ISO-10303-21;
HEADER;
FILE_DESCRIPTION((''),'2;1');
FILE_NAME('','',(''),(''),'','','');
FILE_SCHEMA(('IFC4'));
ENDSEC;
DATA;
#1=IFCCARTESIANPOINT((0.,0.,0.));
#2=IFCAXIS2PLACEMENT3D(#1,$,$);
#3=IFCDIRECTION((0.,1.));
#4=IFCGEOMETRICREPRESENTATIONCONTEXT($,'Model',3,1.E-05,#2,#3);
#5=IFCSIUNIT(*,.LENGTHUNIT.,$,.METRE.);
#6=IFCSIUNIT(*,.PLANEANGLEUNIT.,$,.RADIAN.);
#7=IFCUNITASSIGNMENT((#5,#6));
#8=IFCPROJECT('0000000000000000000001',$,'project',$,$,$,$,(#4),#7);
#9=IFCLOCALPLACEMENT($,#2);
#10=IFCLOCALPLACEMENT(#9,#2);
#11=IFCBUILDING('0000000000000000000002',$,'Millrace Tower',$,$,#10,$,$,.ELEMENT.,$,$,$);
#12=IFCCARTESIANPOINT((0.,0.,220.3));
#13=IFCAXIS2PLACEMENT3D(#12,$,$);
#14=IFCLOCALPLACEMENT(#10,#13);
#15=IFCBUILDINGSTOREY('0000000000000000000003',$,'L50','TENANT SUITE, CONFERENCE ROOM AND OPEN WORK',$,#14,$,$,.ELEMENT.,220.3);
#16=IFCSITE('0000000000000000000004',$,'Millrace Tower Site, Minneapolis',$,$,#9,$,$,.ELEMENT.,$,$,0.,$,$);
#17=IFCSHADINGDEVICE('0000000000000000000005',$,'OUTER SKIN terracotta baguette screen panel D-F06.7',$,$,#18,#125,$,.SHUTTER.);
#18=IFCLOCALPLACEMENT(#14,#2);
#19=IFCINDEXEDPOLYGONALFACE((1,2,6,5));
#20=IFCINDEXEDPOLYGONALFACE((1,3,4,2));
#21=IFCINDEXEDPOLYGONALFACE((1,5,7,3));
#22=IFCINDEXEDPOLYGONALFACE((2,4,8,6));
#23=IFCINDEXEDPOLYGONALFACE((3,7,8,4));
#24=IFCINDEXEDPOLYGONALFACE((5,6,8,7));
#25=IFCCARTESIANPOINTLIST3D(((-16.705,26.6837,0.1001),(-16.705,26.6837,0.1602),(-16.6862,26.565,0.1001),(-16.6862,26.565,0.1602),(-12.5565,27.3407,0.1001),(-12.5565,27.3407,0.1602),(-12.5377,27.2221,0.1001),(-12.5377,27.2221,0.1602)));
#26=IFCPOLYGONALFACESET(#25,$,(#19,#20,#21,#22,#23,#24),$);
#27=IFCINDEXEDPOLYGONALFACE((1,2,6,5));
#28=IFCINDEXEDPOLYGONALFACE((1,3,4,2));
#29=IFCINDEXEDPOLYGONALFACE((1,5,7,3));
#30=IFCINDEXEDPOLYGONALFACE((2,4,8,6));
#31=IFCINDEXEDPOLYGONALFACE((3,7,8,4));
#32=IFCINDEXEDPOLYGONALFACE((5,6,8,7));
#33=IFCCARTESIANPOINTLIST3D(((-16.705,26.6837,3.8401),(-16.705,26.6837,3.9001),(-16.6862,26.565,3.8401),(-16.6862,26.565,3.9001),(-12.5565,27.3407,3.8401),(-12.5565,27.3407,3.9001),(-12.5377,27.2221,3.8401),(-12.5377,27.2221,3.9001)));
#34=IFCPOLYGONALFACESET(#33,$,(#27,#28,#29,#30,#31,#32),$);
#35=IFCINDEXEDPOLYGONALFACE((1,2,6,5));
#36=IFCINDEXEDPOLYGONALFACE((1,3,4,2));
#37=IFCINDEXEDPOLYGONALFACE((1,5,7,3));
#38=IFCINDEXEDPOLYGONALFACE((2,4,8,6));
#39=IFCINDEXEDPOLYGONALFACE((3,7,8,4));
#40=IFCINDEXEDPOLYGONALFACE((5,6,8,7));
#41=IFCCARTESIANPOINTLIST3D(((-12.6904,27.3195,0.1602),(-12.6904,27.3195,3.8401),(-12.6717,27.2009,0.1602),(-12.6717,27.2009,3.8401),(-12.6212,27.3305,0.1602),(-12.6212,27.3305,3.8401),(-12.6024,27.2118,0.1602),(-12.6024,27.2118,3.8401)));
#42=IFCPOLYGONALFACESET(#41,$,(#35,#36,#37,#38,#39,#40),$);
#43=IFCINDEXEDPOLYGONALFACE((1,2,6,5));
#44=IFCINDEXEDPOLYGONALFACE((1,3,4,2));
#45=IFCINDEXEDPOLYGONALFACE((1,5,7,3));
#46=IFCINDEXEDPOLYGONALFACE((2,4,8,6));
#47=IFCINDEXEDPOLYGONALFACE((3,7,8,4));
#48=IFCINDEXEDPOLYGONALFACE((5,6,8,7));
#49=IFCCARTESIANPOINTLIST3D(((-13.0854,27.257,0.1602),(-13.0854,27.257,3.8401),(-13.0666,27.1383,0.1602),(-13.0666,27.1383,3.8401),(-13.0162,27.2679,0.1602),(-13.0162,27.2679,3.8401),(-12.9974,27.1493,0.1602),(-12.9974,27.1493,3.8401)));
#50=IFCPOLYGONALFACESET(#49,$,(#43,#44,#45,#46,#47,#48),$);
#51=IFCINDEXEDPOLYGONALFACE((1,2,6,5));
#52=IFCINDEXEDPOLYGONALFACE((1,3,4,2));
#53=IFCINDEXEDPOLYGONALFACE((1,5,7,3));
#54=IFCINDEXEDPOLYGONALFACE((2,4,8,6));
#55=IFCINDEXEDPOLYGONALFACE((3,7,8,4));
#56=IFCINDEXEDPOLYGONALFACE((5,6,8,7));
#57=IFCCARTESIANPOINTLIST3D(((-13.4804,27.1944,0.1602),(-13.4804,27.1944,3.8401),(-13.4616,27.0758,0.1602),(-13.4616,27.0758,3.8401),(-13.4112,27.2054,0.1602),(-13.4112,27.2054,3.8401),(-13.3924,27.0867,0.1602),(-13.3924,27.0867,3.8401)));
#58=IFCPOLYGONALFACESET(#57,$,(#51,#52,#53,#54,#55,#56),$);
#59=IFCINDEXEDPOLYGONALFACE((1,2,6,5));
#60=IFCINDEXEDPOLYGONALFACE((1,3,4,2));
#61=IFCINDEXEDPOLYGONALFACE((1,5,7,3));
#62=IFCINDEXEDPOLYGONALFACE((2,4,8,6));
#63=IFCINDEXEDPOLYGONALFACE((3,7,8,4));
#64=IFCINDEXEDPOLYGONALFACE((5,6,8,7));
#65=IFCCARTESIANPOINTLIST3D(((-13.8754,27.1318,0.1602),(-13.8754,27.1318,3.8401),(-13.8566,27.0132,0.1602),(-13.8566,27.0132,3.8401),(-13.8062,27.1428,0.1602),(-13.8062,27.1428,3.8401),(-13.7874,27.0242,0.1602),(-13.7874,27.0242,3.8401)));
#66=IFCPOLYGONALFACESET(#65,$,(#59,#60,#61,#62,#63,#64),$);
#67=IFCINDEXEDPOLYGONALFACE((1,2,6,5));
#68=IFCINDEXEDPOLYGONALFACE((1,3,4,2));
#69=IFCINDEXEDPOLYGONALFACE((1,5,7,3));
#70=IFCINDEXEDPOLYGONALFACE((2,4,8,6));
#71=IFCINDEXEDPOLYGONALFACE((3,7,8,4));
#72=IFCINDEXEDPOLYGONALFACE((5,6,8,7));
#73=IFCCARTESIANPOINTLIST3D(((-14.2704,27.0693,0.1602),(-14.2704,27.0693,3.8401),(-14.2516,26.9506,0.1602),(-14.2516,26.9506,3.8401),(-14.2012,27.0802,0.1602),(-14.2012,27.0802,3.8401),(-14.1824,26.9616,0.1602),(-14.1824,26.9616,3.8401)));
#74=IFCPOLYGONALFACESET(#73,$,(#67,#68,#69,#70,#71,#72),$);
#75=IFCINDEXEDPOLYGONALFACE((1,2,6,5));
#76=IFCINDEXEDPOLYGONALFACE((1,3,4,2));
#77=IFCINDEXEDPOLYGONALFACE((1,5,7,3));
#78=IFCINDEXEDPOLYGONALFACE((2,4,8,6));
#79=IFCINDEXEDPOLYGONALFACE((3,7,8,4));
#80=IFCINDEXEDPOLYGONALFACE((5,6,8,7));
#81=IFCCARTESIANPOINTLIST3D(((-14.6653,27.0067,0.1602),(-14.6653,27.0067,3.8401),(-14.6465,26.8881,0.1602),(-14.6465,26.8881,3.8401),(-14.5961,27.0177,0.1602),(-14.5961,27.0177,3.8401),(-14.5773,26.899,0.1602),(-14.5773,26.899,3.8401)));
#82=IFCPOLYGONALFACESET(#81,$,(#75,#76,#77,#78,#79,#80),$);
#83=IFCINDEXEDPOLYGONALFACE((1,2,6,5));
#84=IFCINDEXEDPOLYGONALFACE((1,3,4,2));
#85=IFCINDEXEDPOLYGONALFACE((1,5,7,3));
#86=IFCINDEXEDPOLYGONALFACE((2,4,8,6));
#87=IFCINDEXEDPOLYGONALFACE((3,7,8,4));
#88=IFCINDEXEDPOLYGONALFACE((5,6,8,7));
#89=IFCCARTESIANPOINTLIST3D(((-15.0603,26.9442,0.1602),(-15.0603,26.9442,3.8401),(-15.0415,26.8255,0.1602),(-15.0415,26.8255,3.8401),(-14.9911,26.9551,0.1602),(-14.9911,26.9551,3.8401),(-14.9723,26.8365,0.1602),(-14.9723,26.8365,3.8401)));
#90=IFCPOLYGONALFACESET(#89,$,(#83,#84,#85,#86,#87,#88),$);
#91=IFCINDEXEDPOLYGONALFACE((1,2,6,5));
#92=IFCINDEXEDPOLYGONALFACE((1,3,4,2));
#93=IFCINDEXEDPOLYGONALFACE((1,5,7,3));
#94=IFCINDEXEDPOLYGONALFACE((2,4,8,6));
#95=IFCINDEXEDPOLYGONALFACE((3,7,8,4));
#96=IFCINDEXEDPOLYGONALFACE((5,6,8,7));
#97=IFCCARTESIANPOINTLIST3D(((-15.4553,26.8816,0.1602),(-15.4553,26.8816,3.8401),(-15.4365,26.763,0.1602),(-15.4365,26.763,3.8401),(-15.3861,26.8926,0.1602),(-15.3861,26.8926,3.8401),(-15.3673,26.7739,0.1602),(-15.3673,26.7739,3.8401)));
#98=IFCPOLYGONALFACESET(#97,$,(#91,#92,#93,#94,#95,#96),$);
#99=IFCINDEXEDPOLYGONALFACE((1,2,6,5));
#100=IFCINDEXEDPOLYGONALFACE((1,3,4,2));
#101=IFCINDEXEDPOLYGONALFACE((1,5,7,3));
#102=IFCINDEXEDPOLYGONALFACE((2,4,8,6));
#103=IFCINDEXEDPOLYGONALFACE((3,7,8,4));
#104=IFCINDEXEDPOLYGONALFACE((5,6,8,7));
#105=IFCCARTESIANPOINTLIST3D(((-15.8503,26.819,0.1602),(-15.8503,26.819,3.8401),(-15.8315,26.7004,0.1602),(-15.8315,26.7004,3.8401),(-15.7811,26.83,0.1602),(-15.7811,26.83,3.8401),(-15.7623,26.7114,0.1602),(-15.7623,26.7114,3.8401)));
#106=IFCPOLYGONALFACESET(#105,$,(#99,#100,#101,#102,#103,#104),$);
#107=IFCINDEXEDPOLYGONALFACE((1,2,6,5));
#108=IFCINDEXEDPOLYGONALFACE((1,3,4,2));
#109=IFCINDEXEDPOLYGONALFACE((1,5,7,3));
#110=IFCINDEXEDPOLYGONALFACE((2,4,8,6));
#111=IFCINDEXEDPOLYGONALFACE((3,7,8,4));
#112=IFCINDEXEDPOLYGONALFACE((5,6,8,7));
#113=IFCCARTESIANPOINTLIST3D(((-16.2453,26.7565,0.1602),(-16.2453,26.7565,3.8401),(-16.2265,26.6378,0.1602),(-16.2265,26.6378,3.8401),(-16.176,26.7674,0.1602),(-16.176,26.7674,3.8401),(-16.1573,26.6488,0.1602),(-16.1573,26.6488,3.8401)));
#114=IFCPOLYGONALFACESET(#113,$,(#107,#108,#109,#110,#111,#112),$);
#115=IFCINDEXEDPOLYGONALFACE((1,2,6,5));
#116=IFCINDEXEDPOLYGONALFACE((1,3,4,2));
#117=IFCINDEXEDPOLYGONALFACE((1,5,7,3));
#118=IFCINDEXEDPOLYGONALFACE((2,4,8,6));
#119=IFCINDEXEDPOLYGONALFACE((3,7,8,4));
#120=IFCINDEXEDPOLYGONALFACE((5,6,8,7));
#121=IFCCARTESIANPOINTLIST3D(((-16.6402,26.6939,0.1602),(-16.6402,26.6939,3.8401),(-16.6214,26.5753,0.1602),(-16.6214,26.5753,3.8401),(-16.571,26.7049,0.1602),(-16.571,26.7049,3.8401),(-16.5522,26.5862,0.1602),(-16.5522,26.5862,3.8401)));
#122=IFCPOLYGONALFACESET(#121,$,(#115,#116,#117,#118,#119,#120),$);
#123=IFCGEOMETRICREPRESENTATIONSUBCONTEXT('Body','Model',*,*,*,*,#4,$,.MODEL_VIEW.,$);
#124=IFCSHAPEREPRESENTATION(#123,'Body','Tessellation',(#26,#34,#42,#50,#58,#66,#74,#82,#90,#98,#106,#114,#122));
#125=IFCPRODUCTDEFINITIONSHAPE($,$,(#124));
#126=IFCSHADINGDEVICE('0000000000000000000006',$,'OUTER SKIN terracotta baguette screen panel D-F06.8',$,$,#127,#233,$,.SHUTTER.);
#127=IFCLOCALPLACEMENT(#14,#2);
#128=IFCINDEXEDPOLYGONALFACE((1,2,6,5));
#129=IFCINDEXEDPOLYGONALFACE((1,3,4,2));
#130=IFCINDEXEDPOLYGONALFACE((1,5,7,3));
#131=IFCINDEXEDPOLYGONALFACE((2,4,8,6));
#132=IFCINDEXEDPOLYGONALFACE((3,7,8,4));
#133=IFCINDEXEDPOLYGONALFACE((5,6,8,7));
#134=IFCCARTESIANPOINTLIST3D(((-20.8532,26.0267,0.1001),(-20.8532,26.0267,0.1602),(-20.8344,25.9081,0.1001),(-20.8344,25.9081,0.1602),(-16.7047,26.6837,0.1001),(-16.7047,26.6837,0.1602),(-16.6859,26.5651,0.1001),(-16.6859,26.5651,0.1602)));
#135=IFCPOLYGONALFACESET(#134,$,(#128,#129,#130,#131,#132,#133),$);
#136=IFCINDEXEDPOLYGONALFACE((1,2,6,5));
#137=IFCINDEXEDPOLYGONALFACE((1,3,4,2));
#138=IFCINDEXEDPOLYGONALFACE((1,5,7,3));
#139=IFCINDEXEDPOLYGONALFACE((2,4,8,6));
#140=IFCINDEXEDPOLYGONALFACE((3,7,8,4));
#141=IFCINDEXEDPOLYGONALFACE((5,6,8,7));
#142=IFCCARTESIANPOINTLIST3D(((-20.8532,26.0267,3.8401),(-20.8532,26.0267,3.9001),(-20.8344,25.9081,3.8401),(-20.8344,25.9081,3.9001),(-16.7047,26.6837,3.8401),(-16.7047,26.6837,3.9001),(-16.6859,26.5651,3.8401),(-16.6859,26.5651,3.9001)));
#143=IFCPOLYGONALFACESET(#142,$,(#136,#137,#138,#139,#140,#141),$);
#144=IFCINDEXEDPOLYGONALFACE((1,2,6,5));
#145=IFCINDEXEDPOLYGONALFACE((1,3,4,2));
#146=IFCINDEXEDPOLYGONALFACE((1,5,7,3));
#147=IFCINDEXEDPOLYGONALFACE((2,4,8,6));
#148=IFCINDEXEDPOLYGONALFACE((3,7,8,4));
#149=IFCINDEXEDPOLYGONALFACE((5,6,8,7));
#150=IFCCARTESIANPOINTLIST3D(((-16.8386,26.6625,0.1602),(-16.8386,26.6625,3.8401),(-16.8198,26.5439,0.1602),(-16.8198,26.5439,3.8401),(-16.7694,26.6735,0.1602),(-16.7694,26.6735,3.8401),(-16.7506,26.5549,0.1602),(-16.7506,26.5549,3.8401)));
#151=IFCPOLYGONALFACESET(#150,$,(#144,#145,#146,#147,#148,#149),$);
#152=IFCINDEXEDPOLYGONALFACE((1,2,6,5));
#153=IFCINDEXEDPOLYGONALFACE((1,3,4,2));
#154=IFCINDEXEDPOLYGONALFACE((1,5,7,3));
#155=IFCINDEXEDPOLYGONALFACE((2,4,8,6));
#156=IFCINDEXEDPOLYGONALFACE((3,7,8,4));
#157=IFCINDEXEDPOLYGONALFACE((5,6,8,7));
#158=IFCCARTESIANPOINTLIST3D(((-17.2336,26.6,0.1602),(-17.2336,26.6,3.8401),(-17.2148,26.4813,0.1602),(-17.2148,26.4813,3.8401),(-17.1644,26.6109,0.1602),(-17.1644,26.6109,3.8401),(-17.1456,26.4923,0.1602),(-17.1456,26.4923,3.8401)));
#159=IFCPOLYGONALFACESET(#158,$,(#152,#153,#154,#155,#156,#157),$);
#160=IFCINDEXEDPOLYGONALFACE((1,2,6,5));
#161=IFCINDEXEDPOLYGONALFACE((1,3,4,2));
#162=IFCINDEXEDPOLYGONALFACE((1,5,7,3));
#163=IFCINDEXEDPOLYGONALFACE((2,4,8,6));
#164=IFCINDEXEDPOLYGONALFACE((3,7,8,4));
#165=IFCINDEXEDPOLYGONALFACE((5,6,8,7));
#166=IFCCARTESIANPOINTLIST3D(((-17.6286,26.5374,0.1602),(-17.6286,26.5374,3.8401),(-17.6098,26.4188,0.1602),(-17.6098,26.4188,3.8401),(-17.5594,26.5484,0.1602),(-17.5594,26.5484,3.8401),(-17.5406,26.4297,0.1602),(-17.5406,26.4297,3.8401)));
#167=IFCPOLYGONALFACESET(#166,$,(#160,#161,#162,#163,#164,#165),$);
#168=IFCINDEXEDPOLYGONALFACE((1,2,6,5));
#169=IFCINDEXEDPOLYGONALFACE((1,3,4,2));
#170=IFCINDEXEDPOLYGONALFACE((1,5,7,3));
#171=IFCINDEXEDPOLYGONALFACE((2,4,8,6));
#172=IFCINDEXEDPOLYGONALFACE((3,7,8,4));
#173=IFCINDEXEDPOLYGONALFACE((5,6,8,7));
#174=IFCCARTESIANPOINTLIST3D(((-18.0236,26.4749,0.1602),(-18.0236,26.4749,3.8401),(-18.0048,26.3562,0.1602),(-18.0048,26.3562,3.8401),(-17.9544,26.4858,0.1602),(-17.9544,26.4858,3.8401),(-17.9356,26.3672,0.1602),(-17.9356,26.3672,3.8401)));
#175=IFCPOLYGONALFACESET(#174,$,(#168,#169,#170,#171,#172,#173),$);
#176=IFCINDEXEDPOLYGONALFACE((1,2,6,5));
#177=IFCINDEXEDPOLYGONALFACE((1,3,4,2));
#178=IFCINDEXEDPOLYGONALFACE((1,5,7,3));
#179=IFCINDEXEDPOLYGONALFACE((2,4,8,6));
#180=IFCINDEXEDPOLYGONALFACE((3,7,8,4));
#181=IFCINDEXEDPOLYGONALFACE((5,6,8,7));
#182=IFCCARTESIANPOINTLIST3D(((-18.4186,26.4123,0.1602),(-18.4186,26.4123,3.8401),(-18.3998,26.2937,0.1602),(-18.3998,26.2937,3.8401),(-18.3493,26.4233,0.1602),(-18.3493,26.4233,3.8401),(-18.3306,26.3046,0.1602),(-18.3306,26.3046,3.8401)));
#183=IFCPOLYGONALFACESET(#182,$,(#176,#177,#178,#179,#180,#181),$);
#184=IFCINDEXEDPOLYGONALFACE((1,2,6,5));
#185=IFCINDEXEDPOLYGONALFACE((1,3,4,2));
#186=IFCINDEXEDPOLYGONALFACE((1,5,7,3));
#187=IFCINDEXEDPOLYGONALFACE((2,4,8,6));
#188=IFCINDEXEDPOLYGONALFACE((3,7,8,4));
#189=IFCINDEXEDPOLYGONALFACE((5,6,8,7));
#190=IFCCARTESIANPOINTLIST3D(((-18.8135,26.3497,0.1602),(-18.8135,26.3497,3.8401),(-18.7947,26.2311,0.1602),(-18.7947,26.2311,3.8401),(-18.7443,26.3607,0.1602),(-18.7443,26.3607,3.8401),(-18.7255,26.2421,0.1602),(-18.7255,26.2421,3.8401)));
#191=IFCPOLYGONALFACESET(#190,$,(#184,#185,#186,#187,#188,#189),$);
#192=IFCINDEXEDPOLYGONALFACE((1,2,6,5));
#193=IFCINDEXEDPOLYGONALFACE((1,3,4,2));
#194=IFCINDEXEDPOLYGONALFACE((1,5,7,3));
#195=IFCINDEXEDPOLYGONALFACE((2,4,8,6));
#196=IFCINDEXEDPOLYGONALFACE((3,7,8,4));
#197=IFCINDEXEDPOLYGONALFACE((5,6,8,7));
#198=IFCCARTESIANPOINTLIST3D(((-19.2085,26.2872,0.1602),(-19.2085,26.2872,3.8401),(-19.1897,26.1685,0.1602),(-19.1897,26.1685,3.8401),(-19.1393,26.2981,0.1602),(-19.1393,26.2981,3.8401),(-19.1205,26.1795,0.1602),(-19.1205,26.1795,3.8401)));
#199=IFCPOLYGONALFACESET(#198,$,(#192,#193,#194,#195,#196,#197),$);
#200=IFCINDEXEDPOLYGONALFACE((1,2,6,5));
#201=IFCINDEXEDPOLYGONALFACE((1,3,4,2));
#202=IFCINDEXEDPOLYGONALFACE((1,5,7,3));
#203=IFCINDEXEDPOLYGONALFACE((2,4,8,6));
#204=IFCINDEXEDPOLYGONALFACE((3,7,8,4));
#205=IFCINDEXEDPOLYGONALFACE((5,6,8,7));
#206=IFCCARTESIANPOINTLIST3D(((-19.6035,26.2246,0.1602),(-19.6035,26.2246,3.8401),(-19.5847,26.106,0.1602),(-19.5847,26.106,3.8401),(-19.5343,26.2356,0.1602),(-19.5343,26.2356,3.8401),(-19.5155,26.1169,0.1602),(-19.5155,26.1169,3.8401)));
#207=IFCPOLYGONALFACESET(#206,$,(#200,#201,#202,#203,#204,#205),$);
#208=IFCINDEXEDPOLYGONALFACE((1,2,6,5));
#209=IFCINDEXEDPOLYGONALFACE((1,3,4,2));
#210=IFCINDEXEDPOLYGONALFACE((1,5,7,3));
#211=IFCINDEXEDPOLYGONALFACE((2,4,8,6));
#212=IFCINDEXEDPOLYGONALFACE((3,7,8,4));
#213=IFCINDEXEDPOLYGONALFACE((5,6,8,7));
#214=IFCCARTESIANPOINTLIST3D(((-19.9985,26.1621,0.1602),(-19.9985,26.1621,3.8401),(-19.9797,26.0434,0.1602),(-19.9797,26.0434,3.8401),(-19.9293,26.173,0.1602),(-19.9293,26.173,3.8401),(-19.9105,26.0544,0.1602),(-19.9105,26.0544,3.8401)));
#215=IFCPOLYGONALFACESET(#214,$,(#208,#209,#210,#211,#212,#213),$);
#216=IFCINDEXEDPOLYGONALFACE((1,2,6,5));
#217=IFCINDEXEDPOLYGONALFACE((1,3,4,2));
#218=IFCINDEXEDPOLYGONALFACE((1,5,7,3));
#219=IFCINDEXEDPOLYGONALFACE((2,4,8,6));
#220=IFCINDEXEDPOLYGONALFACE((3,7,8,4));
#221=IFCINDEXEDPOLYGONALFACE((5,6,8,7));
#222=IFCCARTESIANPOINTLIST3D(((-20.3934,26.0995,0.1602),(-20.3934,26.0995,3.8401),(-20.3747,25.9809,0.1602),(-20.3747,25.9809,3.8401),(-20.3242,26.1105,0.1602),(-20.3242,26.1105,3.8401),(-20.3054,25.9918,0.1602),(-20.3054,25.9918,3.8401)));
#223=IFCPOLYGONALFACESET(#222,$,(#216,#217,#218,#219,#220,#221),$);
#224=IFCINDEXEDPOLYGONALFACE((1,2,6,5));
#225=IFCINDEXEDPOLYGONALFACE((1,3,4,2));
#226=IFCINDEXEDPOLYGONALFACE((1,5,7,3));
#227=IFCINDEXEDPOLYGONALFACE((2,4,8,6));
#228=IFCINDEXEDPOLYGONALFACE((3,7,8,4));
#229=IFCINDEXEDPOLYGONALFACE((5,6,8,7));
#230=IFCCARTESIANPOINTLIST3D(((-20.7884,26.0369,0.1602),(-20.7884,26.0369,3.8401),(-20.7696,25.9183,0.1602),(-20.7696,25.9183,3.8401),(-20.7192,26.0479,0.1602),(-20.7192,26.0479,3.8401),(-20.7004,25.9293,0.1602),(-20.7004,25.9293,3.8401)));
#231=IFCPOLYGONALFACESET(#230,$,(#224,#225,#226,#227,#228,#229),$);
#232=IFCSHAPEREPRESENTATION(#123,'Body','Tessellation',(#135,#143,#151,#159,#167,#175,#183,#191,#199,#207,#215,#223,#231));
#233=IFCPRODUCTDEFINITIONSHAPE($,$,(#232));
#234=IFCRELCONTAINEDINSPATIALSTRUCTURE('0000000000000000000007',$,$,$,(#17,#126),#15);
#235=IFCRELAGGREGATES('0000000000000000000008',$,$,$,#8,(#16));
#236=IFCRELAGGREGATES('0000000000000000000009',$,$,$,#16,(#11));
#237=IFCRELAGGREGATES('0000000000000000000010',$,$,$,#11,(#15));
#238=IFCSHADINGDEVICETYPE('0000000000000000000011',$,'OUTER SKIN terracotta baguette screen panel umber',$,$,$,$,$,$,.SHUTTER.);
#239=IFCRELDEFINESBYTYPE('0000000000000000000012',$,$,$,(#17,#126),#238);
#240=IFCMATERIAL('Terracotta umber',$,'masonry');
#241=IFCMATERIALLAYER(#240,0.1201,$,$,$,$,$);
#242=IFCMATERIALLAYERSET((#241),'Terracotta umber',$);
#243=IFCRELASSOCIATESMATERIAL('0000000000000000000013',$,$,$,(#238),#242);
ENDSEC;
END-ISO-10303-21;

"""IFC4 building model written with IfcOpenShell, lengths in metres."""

from ifc_helpers import new_model, entity, si_unit, direction, frame, frame_2d, origin, origin_2d, place, context, subcontext, project, spatial, rectangle, extrude, source, transform, mapped, material, layer, layer_set, type_object, element, save


model = new_model("IFC4")

# Units and contexts
model_context = context("Model", 3, precision=1e-05, world=origin(), true_north=direction((0.0, 1.0)))
body_context = subcontext(model_context, "Body", "Model", "MODEL_VIEW")
ifc_project = project(units=[si_unit("LENGTHUNIT", "METRE"), si_unit("PLANEANGLEUNIT", "RADIAN")], contexts=[model_context])

# Site, building, storey
site_placement = place(None, origin())
site = spatial("IfcSite", under=ifc_project, at=site_placement, Name="Millrace Tower Site, Minneapolis", CompositionType="ELEMENT", RefElevation=0.0)
building_placement = place(site_placement, origin())
building = spatial("IfcBuilding", under=site, at=building_placement, Name="Millrace Tower", CompositionType="ELEMENT")
storey_placement = place(building_placement, frame((0.0, 0.0, 220.3)))
storey = spatial("IfcBuildingStorey", under=building, at=storey_placement, Name="L50", Description="TENANT SUITE, CONFERENCE ROOM AND OPEN WORK", CompositionType="ELEMENT", Elevation=220.3)

# Shading devices
ifc_material_1 = material(Name="Terracotta umber", Category="masonry")
ifc_layer_1 = layer(ifc_material_1, 0.1201)
ifc_layer_set_1 = layer_set([ifc_layer_1], Name="Terracotta umber")
shading_device_type = type_object("IfcShadingDeviceType", Name="OUTER SKIN terracotta baguette screen panel umber", PredefinedType="SHUTTER", material=ifc_layer_set_1)
cartesian_point_1 = entity("IfcCartesianPoint", [-2.1001, 0.0601])
shared_polyline_1 = entity("IfcPolyline", [cartesian_point_1, entity("IfcCartesianPoint", [2.1001, 0.0601]), entity("IfcCartesianPoint", [2.1001, -0.0601]), entity("IfcCartesianPoint", [-2.1001, -0.0601]), cartesian_point_1])
shared_shape_1 = source(origin(), body_context, "Body", "SweptSolid", [
    entity("IfcExtrudedAreaSolid", entity("IfcArbitraryClosedProfileDef", "AREA", None, shared_polyline_1), entity("IfcAxis2Placement3D", entity("IfcCartesianPoint", [0.0, 0.0, 0.0])), entity("IfcDirection", [0.0, 0.0, 1.0]), 0.0601),
    entity("IfcExtrudedAreaSolid", entity("IfcArbitraryClosedProfileDef", "AREA", None, shared_polyline_1), entity("IfcAxis2Placement3D", entity("IfcCartesianPoint", [0.0, 0.0, 3.74])), entity("IfcDirection", [0.0, 0.0, 1.0]), 0.0601),
    extrude(rectangle(XDim=0.0701, YDim=0.1201, at=frame_2d((-1.9995, 0.0))), frame((0.0, 0.0, 0.0601)), (0.0, 0.0, 1.0), 3.6799),
    extrude(rectangle(XDim=0.0701, YDim=0.1201, at=frame_2d((-1.5996, 0.0))), frame((0.0, 0.0, 0.0601)), (0.0, 0.0, 1.0), 3.6799),
    extrude(rectangle(XDim=0.0701, YDim=0.1201, at=frame_2d((-1.1997, 0.0))), frame((0.0, 0.0, 0.0601)), (0.0, 0.0, 1.0), 3.6799),
    extrude(rectangle(XDim=0.0701, YDim=0.1201, at=frame_2d((-0.7998, 0.0))), frame((0.0, 0.0, 0.0601)), (0.0, 0.0, 1.0), 3.6799),
    extrude(rectangle(XDim=0.0701, YDim=0.1201, at=frame_2d((-0.3999, 0.0))), frame((0.0, 0.0, 0.0601)), (0.0, 0.0, 1.0), 3.6799),
    extrude(rectangle(XDim=0.0701, YDim=0.1201, at=origin_2d()), frame((0.0, 0.0, 0.0601)), (0.0, 0.0, 1.0), 3.6799),
    extrude(rectangle(XDim=0.0701, YDim=0.1201, at=frame_2d((0.3999, 0.0))), frame((0.0, 0.0, 0.0601)), (0.0, 0.0, 1.0), 3.6799),
    extrude(rectangle(XDim=0.0701, YDim=0.1201, at=frame_2d((0.7998, 0.0))), frame((0.0, 0.0, 0.0601)), (0.0, 0.0, 1.0), 3.6799),
    extrude(rectangle(XDim=0.0701, YDim=0.1201, at=frame_2d((1.1997, 0.0))), frame((0.0, 0.0, 0.0601)), (0.0, 0.0, 1.0), 3.6799),
    extrude(rectangle(XDim=0.0701, YDim=0.1201, at=frame_2d((1.5996, 0.0))), frame((0.0, 0.0, 0.0601)), (0.0, 0.0, 1.0), 3.6799),
    extrude(rectangle(XDim=0.0701, YDim=0.1201, at=frame_2d((1.9995, 0.0))), frame((0.0, 0.0, 0.0601)), (0.0, 0.0, 1.0), 3.6799),
])
for number, where, z_axis, x_axis, name in (
    (1, (-14.6213, 26.9529, 0.1001), (0.0, 0.0, 1.0), (-0.987688, -0.156434, 0.0), "OUTER SKIN terracotta baguette screen panel D-F06.7"),
    (2, (-18.7695, 26.2959, 0.1001), (0.0, 0.0, 1.0), (-0.987688, -0.156434, 0.0), "OUTER SKIN terracotta baguette screen panel D-F06.8"),
):
    element("IfcShadingDevice", number, at=place(storey_placement, frame(where, z_axis=z_axis, x_axis=x_axis)), inside=storey, type_object=shading_device_type, Name=name, PredefinedType="SHUTTER", context=body_context, shape_type="MappedRepresentation", body=[
        mapped(shared_shape_1, transform((0.0, 0.0, 0.0), scale=1.0)),
    ])

save(model, "model.ifc")
